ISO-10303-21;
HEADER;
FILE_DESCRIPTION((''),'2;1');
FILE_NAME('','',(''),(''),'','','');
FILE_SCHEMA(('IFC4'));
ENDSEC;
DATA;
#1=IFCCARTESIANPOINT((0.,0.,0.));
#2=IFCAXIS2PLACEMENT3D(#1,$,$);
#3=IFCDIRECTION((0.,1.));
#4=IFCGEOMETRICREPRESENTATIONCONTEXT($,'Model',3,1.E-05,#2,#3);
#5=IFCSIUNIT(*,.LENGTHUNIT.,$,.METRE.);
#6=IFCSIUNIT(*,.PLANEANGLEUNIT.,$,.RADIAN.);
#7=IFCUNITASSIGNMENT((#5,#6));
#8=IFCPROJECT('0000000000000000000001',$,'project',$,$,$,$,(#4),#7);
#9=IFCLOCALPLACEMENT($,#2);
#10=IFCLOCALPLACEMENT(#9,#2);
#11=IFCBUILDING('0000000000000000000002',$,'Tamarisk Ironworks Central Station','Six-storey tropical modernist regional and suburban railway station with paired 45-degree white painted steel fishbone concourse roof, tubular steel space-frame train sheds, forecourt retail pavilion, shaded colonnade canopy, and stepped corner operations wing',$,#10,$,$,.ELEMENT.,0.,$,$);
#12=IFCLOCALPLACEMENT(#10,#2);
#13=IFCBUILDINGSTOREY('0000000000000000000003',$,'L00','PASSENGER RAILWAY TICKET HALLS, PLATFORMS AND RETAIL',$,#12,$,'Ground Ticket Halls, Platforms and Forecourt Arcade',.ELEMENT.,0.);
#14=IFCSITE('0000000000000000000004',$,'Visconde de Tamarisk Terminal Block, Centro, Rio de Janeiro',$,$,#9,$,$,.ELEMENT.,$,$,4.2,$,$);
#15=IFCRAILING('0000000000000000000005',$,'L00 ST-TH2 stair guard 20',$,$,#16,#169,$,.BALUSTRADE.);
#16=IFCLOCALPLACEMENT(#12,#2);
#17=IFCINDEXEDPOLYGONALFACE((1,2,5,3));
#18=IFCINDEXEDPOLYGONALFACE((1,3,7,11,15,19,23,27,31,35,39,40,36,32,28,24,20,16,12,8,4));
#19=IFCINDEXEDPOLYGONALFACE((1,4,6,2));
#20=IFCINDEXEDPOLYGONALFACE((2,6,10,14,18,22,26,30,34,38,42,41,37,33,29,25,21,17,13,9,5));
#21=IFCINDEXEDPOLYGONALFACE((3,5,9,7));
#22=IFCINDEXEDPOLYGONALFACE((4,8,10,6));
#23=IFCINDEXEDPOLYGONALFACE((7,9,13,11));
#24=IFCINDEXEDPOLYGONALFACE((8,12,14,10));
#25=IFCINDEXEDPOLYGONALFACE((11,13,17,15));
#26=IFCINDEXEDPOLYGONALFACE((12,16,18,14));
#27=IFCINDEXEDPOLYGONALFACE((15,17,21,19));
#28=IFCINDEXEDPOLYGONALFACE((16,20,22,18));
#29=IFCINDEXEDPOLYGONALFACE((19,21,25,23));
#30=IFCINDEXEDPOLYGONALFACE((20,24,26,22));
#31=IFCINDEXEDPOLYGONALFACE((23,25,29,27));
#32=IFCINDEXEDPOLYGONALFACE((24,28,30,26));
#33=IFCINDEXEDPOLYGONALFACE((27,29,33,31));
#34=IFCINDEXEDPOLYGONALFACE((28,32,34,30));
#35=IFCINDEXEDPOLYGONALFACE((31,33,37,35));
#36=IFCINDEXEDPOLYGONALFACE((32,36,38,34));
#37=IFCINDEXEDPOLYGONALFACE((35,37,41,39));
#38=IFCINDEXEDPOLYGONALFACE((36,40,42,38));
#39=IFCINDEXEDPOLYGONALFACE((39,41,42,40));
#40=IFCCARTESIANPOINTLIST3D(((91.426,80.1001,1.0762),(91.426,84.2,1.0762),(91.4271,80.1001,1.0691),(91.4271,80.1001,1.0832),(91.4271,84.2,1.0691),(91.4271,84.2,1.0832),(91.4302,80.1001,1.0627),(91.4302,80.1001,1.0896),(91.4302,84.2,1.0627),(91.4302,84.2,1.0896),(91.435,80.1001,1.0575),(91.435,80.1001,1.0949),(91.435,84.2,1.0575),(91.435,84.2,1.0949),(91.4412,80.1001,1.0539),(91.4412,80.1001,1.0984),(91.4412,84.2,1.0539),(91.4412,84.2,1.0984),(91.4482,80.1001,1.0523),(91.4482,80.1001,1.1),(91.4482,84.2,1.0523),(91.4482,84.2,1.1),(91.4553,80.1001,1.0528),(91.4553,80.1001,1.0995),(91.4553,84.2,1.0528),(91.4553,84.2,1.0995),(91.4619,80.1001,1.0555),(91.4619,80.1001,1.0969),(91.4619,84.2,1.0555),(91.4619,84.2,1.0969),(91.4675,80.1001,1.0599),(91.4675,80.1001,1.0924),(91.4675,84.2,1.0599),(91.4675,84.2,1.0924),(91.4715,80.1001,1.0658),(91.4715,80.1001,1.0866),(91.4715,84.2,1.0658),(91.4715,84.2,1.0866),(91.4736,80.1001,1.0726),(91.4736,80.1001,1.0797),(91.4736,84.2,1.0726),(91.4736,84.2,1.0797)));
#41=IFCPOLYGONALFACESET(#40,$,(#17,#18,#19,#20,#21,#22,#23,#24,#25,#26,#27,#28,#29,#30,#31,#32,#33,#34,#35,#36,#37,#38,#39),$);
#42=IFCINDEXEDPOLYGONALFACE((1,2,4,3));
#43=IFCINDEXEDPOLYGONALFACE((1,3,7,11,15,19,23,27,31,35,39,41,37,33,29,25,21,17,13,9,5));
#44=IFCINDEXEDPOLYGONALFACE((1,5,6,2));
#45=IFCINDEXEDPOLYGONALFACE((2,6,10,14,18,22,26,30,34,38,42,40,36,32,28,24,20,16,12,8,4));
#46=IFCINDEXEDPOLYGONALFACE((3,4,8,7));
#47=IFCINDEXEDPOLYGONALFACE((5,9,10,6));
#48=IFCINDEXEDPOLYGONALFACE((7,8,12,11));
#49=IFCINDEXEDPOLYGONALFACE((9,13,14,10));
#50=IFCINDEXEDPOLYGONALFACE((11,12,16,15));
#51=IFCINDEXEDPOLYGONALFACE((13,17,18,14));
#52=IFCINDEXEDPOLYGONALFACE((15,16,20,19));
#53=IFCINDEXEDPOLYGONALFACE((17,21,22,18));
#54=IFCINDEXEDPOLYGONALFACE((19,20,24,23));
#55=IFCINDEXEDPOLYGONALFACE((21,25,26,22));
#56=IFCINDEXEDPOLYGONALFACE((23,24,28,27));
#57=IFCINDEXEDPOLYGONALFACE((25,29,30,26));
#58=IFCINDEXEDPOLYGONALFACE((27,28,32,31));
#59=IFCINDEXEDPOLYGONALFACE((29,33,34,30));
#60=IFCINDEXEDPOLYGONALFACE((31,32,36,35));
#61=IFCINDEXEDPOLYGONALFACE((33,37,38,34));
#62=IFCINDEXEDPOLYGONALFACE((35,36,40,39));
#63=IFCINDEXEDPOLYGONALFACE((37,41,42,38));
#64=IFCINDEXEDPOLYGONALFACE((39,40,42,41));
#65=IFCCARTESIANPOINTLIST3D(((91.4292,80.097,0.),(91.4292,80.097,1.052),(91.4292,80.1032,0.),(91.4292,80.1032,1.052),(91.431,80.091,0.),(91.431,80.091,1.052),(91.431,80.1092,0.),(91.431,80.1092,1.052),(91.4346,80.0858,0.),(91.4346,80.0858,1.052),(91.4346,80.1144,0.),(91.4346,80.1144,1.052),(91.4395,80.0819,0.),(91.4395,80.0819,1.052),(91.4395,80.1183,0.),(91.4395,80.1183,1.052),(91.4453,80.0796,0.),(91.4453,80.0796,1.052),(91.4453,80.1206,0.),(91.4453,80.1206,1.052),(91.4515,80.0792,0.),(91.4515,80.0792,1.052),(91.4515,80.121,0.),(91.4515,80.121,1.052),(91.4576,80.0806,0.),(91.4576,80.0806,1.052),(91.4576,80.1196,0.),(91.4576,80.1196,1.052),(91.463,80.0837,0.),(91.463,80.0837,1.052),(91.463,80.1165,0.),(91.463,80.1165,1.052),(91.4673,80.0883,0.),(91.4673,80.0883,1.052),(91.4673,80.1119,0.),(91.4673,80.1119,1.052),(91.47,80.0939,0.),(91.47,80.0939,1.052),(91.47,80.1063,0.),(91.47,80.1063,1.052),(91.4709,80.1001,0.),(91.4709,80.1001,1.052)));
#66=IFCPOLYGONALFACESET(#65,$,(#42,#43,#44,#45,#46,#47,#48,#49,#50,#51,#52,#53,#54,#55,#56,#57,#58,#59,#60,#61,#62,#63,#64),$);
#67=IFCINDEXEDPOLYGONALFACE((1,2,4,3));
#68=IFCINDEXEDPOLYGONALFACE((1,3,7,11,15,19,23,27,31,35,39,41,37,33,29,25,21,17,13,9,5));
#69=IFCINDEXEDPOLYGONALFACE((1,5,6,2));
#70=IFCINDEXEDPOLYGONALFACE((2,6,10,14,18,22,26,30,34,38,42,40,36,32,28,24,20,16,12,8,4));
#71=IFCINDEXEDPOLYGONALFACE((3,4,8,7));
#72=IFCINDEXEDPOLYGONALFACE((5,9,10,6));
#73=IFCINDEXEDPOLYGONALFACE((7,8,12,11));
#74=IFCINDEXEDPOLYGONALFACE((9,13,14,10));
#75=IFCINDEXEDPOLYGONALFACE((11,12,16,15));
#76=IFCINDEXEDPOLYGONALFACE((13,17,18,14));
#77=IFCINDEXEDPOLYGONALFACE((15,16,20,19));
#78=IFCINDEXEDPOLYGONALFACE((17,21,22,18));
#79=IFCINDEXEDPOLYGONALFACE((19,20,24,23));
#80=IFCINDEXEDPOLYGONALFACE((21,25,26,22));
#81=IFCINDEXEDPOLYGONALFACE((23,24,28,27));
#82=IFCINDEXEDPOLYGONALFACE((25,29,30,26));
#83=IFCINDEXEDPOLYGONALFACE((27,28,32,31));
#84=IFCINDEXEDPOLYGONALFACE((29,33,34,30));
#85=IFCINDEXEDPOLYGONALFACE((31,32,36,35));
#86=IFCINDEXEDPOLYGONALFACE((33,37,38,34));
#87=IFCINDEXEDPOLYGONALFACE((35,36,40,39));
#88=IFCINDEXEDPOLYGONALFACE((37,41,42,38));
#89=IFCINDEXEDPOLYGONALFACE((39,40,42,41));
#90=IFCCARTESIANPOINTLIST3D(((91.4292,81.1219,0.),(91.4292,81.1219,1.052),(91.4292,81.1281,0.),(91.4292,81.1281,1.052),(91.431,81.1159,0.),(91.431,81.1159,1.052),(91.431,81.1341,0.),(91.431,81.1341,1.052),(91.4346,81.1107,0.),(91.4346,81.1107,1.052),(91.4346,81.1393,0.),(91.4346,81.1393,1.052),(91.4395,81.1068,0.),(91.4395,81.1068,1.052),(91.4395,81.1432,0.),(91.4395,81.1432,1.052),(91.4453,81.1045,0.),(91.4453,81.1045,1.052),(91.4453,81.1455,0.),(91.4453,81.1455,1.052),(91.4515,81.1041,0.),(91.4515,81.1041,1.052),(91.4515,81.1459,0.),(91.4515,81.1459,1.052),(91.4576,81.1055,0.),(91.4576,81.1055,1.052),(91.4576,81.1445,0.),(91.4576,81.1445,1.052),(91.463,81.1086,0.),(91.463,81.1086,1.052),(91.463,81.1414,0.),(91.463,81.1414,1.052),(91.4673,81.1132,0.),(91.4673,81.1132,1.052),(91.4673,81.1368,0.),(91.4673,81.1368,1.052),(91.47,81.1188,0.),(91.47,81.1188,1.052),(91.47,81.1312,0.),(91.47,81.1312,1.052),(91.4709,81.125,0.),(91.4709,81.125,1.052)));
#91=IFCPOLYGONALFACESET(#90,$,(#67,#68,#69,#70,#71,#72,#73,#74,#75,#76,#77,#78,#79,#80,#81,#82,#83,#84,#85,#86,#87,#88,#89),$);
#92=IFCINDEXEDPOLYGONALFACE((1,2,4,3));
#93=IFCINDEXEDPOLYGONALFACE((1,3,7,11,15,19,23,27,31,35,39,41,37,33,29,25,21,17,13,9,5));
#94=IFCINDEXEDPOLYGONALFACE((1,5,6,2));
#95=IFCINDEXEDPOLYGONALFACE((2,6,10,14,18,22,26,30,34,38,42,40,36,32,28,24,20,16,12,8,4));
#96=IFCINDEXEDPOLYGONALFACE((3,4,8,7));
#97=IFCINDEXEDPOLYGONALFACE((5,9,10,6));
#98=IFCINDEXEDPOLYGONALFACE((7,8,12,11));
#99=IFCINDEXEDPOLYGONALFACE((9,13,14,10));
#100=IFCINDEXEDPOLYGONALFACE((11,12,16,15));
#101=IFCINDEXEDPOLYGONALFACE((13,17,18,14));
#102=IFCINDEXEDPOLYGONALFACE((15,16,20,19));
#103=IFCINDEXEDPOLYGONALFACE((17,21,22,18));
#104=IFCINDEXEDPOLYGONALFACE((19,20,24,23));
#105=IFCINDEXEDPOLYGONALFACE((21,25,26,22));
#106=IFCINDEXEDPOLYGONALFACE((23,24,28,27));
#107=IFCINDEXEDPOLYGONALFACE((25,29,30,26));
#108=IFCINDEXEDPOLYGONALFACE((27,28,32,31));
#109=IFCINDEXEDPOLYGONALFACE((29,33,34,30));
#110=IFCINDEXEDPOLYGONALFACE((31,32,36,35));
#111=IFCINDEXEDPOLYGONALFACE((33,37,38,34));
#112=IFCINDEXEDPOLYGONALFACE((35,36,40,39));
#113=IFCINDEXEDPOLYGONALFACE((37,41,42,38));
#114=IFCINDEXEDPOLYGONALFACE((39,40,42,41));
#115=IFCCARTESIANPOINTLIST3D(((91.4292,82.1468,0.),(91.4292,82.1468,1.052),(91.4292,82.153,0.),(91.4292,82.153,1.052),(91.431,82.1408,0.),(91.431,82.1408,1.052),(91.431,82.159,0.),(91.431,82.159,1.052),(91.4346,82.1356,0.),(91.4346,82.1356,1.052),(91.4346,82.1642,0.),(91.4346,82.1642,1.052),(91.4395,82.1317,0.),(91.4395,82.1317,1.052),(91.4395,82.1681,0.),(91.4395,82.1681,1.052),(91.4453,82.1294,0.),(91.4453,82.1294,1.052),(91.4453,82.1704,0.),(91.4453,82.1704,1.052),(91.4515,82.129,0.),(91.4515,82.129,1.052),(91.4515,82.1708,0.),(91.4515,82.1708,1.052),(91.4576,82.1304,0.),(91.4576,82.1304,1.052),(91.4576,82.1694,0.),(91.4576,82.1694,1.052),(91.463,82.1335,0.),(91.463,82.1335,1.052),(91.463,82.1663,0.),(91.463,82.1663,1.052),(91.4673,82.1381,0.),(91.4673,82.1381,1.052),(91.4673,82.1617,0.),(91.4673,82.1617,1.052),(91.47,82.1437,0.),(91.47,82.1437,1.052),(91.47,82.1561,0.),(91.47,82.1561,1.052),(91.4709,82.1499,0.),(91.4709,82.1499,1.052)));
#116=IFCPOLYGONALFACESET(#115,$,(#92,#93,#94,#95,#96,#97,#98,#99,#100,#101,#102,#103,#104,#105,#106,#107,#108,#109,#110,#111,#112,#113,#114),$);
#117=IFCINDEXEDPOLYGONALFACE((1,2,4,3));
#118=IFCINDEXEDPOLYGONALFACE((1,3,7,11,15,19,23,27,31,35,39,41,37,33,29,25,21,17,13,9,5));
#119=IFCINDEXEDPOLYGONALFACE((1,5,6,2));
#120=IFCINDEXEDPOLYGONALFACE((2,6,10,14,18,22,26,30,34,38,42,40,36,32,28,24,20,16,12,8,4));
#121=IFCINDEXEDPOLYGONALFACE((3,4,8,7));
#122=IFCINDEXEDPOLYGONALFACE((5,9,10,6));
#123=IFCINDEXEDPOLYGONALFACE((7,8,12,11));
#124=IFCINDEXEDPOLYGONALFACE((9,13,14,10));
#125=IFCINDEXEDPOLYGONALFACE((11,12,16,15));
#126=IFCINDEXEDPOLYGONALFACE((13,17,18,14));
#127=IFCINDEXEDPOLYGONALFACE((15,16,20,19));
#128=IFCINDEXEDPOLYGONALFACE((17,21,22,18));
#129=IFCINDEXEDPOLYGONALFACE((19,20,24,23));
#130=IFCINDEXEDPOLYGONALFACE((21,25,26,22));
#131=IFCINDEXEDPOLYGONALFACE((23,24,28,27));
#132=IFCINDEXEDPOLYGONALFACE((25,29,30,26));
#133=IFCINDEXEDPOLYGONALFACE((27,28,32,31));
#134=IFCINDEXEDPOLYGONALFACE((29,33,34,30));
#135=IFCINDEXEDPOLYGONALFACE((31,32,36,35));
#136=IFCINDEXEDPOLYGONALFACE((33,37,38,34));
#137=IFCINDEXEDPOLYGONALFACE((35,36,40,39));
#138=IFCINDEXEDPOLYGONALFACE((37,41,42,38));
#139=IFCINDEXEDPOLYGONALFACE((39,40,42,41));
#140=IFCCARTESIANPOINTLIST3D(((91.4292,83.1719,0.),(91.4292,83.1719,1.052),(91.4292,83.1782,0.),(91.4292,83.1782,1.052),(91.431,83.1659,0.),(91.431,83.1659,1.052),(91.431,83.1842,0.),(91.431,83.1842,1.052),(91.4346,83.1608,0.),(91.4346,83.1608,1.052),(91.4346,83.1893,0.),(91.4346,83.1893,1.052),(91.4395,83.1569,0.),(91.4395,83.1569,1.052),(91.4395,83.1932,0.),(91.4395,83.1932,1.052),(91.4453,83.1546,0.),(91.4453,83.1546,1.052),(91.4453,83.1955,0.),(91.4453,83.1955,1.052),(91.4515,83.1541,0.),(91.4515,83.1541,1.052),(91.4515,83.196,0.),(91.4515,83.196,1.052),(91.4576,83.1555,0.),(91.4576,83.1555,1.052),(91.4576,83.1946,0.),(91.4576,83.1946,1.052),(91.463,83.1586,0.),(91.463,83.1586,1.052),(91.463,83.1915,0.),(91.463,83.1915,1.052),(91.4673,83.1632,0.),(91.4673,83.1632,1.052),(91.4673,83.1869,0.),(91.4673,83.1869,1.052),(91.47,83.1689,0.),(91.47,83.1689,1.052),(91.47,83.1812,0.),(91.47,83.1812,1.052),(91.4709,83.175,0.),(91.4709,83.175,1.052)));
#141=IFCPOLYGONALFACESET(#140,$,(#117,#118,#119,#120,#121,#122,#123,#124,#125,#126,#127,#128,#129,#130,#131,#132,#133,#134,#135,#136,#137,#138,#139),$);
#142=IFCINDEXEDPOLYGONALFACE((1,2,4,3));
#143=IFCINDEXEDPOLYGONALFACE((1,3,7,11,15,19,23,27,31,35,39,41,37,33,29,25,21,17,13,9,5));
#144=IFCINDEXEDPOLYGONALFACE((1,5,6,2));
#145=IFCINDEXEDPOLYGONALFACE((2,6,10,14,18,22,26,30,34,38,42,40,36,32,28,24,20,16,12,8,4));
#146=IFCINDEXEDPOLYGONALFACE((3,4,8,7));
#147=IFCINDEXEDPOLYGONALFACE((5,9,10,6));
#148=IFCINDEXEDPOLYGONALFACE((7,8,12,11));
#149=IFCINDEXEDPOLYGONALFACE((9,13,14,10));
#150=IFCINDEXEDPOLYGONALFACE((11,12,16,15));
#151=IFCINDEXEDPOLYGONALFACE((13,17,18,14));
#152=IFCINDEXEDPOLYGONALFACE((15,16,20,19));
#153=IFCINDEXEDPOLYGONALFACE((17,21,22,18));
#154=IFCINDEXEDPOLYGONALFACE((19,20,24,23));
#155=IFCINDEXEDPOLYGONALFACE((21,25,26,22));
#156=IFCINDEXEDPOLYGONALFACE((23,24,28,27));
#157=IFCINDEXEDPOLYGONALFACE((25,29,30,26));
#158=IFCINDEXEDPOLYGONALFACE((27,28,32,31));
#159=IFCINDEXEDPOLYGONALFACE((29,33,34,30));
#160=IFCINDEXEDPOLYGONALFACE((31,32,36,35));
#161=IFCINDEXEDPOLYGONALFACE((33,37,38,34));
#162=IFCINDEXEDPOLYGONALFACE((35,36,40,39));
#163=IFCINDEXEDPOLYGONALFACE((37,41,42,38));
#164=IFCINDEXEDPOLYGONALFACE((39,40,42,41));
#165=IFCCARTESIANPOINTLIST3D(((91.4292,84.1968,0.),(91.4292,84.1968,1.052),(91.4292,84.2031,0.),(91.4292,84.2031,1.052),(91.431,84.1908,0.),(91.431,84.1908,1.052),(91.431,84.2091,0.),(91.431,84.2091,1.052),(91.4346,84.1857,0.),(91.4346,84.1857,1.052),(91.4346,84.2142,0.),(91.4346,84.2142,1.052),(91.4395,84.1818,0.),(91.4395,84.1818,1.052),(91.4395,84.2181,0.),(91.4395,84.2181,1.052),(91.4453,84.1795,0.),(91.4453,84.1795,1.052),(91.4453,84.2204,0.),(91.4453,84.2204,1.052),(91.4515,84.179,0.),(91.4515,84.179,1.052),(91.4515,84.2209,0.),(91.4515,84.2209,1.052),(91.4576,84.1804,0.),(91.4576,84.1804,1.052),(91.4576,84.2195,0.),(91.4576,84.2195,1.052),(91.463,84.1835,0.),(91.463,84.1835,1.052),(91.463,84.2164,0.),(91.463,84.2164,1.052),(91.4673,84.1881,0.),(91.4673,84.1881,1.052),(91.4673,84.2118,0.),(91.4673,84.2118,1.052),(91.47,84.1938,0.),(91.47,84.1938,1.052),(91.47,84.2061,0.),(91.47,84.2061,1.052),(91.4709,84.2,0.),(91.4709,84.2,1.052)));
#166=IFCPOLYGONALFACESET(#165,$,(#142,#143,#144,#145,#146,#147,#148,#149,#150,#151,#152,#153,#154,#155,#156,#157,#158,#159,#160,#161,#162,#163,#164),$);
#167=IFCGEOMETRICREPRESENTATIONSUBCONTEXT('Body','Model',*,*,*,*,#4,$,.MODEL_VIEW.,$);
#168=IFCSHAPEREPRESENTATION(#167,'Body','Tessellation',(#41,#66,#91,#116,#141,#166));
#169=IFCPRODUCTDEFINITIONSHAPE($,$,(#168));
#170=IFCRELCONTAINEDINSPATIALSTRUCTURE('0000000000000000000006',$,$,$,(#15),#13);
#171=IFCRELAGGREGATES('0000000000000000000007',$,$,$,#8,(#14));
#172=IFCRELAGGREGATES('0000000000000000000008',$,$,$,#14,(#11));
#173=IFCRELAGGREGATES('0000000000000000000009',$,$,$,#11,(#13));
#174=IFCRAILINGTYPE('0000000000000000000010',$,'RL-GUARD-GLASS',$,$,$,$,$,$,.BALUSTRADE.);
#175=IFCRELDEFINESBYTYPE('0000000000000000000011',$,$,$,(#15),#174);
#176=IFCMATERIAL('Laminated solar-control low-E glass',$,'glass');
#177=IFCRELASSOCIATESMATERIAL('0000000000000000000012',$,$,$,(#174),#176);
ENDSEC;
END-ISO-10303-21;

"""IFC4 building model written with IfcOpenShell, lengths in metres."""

from ifc_helpers import new_model, si_unit, direction, frame, origin, origin_2d, place, context, subcontext, project, spatial, circle, extrude, material, type_object, element, save


model = new_model("IFC4")

# Units and contexts
model_context = context("Model", 3, precision=1e-05, world=origin(), true_north=direction((0.0, 1.0)))
body_context = subcontext(model_context, "Body", "Model", "MODEL_VIEW")
ifc_project = project(units=[si_unit("LENGTHUNIT", "METRE"), si_unit("PLANEANGLEUNIT", "RADIAN")], contexts=[model_context])

# Site, building, storey
site_placement = place(None, origin())
site = spatial("IfcSite", under=ifc_project, at=site_placement, Name="Visconde de Tamarisk Terminal Block, Centro, Rio de Janeiro", CompositionType="ELEMENT", RefElevation=4.2)
building_placement = place(site_placement, origin())
building = spatial("IfcBuilding", under=site, at=building_placement, Name="Tamarisk Ironworks Central Station", Description="Six-storey tropical modernist regional and suburban railway station with paired 45-degree white painted steel fishbone concourse roof, tubular steel space-frame train sheds, forecourt retail pavilion, shaded colonnade canopy, and stepped corner operations wing", CompositionType="ELEMENT", ElevationOfRefHeight=0.0)
storey_placement = place(building_placement, origin())
storey = spatial("IfcBuildingStorey", under=building, at=storey_placement, Name="L00", Description="PASSENGER RAILWAY TICKET HALLS, PLATFORMS AND RETAIL", LongName="Ground Ticket Halls, Platforms and Forecourt Arcade", CompositionType="ELEMENT", Elevation=0.0)

# Railing
ifc_material_1 = material(Name="Laminated solar-control low-E glass", Category="glass")
railing_type_1 = type_object("IfcRailingType", Name="RL-GUARD-GLASS", PredefinedType="BALUSTRADE", material=ifc_material_1)
railing_1_placement = place(storey_placement, frame((91.45, 80.1001, 0.0)))
element("IfcRailing", 1, at=railing_1_placement, inside=storey, type_object=railing_type_1, Name="L00 ST-TH2 stair guard 20", PredefinedType="BALUSTRADE", context=body_context, shape_type="SweptSolid", body=[
    extrude(circle(Radius=0.0239, at=origin_2d()), frame((0.0, 0.0, 1.0762), z_axis=(0.0, 1.0, 0.0), x_axis=(-1.0, 0.0, 0.0)), (0.0, 0.0, 1.0), 4.0999),
    extrude(circle(Radius=0.021, at=origin_2d()), origin(), (0.0, 0.0, 1.0), 1.052),
    extrude(circle(Radius=0.021, at=origin_2d()), frame((0.0, 1.0249, 0.0)), (0.0, 0.0, 1.0), 1.052),
    extrude(circle(Radius=0.021, at=origin_2d()), frame((0.0, 2.0498, 0.0)), (0.0, 0.0, 1.0), 1.052),
    extrude(circle(Radius=0.021, at=origin_2d()), frame((0.0, 3.075, 0.0)), (0.0, 0.0, 1.0), 1.052),
    extrude(circle(Radius=0.021, at=origin_2d()), frame((0.0, 4.0999, 0.0)), (0.0, 0.0, 1.0), 1.052),
])

save(model, "model.ifc")
